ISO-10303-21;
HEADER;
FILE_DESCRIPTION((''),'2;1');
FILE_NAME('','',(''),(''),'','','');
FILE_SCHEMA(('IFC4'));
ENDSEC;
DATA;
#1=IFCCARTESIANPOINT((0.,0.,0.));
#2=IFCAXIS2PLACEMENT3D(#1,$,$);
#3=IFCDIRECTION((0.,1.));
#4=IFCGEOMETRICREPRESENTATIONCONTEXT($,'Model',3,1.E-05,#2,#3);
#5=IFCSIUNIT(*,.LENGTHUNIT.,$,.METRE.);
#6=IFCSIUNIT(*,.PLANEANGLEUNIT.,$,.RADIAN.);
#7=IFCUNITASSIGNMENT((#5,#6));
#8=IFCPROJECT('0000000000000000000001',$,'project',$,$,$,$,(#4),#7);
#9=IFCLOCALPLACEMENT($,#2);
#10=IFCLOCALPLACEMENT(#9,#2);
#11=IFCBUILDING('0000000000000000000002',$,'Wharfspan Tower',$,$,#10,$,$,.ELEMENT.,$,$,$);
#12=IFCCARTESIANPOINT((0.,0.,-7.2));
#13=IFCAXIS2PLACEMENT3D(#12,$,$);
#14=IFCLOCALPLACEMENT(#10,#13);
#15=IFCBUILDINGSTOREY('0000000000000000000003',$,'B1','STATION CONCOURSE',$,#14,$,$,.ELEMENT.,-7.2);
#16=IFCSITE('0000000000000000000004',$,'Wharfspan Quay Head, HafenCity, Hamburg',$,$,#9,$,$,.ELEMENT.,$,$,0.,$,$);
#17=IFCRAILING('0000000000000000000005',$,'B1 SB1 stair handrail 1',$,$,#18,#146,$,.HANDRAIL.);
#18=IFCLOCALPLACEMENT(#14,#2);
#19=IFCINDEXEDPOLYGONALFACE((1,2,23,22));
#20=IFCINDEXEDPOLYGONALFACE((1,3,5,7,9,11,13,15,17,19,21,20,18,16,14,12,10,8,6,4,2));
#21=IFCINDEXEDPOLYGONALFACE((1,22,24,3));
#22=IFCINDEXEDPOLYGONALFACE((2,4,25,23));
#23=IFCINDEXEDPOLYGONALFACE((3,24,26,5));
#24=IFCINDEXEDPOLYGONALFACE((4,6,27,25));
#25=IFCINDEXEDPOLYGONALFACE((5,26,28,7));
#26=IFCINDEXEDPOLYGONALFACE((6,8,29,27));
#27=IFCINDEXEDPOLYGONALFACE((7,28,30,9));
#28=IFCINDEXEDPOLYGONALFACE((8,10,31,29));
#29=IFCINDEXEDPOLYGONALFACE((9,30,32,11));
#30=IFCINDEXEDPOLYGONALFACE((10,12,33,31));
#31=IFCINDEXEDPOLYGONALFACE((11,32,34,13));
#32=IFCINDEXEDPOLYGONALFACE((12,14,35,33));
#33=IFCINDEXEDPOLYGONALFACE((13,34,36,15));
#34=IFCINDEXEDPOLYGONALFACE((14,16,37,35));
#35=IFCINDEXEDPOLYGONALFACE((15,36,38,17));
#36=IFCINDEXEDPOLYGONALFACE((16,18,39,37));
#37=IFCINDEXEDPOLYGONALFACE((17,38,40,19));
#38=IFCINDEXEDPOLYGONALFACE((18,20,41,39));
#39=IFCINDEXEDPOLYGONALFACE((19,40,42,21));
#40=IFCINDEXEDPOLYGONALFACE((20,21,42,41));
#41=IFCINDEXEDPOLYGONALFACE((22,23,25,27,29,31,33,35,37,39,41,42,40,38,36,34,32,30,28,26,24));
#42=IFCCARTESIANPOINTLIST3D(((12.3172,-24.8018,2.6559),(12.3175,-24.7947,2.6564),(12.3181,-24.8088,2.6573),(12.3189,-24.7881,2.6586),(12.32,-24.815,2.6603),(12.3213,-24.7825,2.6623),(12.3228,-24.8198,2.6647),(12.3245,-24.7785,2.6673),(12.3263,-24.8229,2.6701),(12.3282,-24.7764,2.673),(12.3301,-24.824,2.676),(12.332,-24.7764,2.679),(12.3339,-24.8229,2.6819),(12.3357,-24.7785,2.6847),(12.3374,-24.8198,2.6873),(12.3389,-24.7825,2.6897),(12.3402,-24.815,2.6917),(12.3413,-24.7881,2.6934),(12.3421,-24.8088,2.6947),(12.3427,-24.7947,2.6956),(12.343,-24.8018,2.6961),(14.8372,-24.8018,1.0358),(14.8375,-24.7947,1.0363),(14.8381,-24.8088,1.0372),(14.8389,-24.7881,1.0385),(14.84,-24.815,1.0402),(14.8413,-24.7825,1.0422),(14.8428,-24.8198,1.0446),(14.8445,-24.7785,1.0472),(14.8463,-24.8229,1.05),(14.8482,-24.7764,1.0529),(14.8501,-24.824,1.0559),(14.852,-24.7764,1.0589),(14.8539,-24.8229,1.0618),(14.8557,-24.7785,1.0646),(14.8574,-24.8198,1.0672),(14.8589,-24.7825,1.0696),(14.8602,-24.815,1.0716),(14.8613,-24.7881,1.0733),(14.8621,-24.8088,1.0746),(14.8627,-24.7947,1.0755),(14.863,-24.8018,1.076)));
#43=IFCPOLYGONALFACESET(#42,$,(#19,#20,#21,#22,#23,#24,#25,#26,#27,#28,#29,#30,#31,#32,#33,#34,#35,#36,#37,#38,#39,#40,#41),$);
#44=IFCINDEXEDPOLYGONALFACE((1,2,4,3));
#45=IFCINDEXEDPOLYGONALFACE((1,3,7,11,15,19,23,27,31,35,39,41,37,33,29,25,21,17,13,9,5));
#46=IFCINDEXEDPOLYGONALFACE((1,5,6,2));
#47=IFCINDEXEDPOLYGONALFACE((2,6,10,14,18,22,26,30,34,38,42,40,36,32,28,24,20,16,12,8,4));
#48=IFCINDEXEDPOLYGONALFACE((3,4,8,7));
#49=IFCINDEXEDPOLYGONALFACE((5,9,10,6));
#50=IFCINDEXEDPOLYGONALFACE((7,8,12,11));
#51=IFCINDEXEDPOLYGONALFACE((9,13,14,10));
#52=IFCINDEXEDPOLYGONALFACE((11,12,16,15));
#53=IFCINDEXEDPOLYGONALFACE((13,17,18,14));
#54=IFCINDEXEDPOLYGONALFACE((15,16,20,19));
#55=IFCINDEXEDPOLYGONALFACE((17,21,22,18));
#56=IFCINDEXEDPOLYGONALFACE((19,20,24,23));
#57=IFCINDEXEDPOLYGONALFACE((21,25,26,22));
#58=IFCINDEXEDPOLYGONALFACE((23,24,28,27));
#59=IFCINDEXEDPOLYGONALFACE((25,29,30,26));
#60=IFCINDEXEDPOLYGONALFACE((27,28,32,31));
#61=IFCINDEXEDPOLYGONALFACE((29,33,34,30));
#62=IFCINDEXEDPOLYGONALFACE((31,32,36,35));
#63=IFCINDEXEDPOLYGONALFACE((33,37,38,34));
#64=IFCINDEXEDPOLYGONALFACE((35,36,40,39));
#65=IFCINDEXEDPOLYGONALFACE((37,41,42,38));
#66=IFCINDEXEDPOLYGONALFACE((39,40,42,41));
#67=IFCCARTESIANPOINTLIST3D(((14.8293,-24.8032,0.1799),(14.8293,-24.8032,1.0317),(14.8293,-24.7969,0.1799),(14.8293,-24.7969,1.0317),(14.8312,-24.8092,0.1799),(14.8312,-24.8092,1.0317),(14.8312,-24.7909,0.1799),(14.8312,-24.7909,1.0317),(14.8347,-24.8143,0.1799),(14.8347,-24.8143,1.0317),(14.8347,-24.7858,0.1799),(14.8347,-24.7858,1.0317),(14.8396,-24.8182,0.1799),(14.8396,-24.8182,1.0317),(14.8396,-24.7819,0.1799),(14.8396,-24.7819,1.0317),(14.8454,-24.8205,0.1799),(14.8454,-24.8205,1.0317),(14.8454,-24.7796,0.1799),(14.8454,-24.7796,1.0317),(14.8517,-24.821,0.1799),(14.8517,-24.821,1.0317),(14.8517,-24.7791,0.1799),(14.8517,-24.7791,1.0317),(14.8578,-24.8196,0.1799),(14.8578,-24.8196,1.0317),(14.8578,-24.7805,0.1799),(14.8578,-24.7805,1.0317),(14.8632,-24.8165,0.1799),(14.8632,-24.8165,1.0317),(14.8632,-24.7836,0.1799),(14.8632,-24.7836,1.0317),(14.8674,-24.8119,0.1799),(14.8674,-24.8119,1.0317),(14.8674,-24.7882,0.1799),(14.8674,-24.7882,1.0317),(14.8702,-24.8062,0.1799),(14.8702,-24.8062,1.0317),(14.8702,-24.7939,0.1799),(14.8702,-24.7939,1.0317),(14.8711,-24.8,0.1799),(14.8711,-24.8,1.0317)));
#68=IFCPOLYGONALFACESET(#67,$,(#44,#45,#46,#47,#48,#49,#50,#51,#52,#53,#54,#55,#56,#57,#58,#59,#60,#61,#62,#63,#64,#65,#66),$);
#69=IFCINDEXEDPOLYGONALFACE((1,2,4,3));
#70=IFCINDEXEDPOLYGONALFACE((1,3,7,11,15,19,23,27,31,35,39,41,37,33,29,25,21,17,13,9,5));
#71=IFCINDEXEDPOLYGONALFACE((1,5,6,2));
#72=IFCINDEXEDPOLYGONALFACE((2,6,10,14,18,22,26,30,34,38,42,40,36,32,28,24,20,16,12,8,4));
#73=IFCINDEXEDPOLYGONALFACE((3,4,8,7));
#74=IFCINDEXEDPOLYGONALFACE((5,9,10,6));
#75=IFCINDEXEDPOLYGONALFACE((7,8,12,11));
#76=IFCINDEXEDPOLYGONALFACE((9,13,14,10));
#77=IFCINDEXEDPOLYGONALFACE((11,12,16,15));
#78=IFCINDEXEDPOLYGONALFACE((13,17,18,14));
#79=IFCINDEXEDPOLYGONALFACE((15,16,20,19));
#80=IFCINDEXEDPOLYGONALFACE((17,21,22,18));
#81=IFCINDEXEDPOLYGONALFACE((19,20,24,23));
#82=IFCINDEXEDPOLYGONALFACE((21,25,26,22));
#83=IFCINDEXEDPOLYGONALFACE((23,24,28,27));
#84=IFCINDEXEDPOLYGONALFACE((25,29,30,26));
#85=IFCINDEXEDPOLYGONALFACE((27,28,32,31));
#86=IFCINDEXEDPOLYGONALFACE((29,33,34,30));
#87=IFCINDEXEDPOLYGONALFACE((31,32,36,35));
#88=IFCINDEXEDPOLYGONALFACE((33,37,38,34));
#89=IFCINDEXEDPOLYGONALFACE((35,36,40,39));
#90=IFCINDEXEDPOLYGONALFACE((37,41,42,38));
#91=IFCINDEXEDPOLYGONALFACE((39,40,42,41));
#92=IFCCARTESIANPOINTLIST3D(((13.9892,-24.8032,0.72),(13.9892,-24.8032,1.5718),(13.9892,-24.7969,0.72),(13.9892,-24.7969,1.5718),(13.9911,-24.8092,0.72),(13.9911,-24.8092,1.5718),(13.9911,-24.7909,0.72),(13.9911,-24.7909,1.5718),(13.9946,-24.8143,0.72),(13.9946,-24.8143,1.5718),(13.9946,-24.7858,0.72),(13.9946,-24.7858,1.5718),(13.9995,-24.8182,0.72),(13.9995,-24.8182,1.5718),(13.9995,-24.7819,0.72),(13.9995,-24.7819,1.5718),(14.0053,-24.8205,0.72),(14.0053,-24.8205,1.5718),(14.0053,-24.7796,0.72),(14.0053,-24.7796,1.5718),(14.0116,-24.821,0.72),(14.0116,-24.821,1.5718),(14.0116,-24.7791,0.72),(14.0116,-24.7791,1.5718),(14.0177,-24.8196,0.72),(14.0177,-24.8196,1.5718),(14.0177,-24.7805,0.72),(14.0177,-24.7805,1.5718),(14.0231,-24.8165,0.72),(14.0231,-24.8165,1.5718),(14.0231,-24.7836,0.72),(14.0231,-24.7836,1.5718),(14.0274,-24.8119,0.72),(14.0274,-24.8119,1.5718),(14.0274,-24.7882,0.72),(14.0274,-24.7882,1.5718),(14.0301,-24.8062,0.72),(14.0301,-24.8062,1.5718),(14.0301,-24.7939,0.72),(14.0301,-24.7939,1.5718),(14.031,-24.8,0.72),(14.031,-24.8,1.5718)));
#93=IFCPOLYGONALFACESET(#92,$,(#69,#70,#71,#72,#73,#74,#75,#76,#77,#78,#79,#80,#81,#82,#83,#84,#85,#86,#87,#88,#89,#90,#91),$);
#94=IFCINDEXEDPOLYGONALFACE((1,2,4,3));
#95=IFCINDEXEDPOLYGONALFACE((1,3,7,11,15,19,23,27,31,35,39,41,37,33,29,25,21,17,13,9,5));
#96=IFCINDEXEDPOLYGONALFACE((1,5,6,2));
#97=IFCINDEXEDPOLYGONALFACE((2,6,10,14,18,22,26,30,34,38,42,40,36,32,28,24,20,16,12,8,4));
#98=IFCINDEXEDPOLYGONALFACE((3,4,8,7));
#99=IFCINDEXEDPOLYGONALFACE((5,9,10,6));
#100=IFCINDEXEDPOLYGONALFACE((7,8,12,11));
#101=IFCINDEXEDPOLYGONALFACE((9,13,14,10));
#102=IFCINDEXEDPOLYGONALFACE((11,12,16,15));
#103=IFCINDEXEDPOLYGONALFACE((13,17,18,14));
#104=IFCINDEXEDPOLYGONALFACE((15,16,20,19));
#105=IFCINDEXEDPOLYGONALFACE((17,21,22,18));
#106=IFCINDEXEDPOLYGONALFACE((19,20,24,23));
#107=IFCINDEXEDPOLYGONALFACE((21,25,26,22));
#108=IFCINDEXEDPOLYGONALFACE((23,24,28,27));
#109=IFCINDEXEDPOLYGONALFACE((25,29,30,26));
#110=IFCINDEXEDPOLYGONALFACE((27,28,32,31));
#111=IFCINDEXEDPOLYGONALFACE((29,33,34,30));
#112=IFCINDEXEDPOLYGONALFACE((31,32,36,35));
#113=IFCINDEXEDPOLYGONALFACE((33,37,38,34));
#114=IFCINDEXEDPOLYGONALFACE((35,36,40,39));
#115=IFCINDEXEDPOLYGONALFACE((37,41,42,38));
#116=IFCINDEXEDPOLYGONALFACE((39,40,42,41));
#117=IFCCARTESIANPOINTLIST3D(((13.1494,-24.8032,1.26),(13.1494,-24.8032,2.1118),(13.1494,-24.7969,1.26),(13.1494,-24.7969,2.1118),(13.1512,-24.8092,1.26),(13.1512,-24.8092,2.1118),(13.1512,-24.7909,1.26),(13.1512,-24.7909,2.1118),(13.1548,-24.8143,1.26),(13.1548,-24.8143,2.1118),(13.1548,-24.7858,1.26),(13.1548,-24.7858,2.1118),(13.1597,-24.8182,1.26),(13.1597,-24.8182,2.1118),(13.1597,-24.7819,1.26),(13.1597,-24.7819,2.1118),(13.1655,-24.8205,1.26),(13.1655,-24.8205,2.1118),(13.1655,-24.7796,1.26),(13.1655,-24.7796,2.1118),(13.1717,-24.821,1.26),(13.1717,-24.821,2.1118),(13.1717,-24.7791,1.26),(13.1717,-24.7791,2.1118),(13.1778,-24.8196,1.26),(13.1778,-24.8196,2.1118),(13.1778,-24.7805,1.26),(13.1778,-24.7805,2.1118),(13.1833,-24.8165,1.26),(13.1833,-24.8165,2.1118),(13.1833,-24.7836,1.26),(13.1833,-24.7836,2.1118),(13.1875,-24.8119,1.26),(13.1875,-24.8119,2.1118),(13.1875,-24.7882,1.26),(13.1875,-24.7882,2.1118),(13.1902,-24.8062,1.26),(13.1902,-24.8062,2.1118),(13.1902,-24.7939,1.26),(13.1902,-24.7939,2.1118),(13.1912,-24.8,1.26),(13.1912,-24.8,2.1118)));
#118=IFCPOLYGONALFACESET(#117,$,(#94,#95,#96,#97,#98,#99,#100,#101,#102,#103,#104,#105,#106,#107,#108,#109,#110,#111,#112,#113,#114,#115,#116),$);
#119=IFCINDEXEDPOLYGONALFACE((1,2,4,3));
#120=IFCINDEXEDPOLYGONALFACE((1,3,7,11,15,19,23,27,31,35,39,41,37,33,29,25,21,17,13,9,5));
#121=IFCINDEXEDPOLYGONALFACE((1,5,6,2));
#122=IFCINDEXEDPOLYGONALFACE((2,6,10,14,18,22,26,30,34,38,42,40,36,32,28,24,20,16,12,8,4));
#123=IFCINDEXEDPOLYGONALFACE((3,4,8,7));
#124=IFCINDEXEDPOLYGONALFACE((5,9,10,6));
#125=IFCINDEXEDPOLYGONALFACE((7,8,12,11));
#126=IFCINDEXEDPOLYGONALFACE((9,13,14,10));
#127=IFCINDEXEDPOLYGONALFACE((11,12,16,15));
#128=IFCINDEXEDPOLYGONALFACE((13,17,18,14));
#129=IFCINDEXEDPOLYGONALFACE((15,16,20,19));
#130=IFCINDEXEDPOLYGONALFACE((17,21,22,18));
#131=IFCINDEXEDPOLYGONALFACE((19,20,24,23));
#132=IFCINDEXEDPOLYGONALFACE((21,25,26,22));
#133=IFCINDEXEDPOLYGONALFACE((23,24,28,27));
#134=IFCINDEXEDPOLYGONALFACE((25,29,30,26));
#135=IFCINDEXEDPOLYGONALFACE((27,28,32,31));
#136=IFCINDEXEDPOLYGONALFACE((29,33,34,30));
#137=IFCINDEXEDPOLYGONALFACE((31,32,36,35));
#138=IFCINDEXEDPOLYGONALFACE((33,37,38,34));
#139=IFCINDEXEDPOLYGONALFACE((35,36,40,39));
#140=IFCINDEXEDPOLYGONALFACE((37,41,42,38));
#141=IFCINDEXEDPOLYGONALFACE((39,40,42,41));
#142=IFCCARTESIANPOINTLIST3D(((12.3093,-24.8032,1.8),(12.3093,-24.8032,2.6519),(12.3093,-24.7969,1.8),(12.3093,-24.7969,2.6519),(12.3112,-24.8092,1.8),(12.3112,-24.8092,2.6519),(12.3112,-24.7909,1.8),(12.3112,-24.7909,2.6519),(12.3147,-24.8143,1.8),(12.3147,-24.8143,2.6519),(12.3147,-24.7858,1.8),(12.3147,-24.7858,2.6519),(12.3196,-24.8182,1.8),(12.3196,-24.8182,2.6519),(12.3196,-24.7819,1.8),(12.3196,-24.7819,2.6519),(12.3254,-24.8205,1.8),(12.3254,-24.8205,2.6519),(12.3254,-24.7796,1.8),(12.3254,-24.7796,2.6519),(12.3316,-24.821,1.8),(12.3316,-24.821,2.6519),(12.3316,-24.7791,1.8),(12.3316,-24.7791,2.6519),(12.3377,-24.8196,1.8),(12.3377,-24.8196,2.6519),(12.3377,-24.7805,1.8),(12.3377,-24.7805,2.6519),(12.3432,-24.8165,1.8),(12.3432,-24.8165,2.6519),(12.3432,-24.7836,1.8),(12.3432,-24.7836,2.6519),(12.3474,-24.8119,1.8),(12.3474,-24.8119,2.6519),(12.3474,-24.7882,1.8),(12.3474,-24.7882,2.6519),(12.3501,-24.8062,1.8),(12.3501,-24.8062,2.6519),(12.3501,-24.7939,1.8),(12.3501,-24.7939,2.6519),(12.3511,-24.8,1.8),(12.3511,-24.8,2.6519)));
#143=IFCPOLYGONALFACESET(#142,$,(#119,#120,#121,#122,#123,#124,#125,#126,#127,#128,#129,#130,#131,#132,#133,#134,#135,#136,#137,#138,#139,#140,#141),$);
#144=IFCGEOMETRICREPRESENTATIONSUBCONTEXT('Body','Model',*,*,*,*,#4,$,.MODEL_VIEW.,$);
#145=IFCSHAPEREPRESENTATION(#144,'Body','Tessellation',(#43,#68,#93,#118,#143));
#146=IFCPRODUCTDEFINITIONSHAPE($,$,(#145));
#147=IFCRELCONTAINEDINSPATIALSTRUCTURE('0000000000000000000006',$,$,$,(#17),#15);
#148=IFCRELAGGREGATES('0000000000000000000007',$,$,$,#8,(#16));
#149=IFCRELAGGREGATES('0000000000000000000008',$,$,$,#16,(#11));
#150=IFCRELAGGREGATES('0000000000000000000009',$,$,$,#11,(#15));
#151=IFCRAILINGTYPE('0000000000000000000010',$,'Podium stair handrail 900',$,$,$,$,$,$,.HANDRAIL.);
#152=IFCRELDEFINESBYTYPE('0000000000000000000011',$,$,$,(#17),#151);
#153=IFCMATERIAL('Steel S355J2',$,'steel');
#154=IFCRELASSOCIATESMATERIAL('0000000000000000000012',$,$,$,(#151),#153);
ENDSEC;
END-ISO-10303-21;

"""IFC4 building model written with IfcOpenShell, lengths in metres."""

from ifc_helpers import new_model, si_unit, direction, frame, origin, origin_2d, place, context, subcontext, project, spatial, circle, extrude, material, type_object, element, save


model = new_model("IFC4")

# Units and contexts
model_context = context("Model", 3, precision=1e-05, world=origin(), true_north=direction((0.0, 1.0)))
body_context = subcontext(model_context, "Body", "Model", "MODEL_VIEW")
ifc_project = project(units=[si_unit("LENGTHUNIT", "METRE"), si_unit("PLANEANGLEUNIT", "RADIAN")], contexts=[model_context])

# Site, building, storey
site_placement = place(None, origin())
site = spatial("IfcSite", under=ifc_project, at=site_placement, Name="Wharfspan Quay Head, HafenCity, Hamburg", CompositionType="ELEMENT", RefElevation=0.0)
building_placement = place(site_placement, origin())
building = spatial("IfcBuilding", under=site, at=building_placement, Name="Wharfspan Tower", CompositionType="ELEMENT")
storey_placement = place(building_placement, frame((0.0, 0.0, -7.2)))
storey = spatial("IfcBuildingStorey", under=building, at=storey_placement, Name="B1", Description="STATION CONCOURSE", CompositionType="ELEMENT", Elevation=-7.2)

# Railing
ifc_material_1 = material(Name="Steel S355J2", Category="steel")
railing_type_1 = type_object("IfcRailingType", Name="Podium stair handrail 900", PredefinedType="HANDRAIL", material=ifc_material_1)
railing_1_placement = place(storey_placement, frame((14.8501, -24.8, 0.1799)))
element("IfcRailing", 1, at=railing_1_placement, inside=storey, type_object=railing_type_1, Name="B1 SB1 stair handrail 1", PredefinedType="HANDRAIL", context=body_context, shape_type="SweptSolid", body=[
    extrude(circle(Radius=0.0239, at=origin_2d()), frame((0.0, 0.0, 0.876), z_axis=(-0.841163, 0.0, 0.540782), x_axis=(0.0, -1.0, 0.0)), (0.0, 0.0, 1.0), 2.9958),
    extrude(circle(Radius=0.021, at=origin_2d()), origin(), (0.0, 0.0, 1.0), 0.8518),
    extrude(circle(Radius=0.021, at=origin_2d()), frame((-0.8401, 0.0, 0.54)), (0.0, 0.0, 1.0), 0.8518),
    extrude(circle(Radius=0.021, at=origin_2d()), frame((-1.6799, 0.0, 1.0801)), (0.0, 0.0, 1.0), 0.8518),
    extrude(circle(Radius=0.021, at=origin_2d()), frame((-2.52, 0.0, 1.6201)), (0.0, 0.0, 1.0), 0.8518),
])

save(model, "model.ifc")
